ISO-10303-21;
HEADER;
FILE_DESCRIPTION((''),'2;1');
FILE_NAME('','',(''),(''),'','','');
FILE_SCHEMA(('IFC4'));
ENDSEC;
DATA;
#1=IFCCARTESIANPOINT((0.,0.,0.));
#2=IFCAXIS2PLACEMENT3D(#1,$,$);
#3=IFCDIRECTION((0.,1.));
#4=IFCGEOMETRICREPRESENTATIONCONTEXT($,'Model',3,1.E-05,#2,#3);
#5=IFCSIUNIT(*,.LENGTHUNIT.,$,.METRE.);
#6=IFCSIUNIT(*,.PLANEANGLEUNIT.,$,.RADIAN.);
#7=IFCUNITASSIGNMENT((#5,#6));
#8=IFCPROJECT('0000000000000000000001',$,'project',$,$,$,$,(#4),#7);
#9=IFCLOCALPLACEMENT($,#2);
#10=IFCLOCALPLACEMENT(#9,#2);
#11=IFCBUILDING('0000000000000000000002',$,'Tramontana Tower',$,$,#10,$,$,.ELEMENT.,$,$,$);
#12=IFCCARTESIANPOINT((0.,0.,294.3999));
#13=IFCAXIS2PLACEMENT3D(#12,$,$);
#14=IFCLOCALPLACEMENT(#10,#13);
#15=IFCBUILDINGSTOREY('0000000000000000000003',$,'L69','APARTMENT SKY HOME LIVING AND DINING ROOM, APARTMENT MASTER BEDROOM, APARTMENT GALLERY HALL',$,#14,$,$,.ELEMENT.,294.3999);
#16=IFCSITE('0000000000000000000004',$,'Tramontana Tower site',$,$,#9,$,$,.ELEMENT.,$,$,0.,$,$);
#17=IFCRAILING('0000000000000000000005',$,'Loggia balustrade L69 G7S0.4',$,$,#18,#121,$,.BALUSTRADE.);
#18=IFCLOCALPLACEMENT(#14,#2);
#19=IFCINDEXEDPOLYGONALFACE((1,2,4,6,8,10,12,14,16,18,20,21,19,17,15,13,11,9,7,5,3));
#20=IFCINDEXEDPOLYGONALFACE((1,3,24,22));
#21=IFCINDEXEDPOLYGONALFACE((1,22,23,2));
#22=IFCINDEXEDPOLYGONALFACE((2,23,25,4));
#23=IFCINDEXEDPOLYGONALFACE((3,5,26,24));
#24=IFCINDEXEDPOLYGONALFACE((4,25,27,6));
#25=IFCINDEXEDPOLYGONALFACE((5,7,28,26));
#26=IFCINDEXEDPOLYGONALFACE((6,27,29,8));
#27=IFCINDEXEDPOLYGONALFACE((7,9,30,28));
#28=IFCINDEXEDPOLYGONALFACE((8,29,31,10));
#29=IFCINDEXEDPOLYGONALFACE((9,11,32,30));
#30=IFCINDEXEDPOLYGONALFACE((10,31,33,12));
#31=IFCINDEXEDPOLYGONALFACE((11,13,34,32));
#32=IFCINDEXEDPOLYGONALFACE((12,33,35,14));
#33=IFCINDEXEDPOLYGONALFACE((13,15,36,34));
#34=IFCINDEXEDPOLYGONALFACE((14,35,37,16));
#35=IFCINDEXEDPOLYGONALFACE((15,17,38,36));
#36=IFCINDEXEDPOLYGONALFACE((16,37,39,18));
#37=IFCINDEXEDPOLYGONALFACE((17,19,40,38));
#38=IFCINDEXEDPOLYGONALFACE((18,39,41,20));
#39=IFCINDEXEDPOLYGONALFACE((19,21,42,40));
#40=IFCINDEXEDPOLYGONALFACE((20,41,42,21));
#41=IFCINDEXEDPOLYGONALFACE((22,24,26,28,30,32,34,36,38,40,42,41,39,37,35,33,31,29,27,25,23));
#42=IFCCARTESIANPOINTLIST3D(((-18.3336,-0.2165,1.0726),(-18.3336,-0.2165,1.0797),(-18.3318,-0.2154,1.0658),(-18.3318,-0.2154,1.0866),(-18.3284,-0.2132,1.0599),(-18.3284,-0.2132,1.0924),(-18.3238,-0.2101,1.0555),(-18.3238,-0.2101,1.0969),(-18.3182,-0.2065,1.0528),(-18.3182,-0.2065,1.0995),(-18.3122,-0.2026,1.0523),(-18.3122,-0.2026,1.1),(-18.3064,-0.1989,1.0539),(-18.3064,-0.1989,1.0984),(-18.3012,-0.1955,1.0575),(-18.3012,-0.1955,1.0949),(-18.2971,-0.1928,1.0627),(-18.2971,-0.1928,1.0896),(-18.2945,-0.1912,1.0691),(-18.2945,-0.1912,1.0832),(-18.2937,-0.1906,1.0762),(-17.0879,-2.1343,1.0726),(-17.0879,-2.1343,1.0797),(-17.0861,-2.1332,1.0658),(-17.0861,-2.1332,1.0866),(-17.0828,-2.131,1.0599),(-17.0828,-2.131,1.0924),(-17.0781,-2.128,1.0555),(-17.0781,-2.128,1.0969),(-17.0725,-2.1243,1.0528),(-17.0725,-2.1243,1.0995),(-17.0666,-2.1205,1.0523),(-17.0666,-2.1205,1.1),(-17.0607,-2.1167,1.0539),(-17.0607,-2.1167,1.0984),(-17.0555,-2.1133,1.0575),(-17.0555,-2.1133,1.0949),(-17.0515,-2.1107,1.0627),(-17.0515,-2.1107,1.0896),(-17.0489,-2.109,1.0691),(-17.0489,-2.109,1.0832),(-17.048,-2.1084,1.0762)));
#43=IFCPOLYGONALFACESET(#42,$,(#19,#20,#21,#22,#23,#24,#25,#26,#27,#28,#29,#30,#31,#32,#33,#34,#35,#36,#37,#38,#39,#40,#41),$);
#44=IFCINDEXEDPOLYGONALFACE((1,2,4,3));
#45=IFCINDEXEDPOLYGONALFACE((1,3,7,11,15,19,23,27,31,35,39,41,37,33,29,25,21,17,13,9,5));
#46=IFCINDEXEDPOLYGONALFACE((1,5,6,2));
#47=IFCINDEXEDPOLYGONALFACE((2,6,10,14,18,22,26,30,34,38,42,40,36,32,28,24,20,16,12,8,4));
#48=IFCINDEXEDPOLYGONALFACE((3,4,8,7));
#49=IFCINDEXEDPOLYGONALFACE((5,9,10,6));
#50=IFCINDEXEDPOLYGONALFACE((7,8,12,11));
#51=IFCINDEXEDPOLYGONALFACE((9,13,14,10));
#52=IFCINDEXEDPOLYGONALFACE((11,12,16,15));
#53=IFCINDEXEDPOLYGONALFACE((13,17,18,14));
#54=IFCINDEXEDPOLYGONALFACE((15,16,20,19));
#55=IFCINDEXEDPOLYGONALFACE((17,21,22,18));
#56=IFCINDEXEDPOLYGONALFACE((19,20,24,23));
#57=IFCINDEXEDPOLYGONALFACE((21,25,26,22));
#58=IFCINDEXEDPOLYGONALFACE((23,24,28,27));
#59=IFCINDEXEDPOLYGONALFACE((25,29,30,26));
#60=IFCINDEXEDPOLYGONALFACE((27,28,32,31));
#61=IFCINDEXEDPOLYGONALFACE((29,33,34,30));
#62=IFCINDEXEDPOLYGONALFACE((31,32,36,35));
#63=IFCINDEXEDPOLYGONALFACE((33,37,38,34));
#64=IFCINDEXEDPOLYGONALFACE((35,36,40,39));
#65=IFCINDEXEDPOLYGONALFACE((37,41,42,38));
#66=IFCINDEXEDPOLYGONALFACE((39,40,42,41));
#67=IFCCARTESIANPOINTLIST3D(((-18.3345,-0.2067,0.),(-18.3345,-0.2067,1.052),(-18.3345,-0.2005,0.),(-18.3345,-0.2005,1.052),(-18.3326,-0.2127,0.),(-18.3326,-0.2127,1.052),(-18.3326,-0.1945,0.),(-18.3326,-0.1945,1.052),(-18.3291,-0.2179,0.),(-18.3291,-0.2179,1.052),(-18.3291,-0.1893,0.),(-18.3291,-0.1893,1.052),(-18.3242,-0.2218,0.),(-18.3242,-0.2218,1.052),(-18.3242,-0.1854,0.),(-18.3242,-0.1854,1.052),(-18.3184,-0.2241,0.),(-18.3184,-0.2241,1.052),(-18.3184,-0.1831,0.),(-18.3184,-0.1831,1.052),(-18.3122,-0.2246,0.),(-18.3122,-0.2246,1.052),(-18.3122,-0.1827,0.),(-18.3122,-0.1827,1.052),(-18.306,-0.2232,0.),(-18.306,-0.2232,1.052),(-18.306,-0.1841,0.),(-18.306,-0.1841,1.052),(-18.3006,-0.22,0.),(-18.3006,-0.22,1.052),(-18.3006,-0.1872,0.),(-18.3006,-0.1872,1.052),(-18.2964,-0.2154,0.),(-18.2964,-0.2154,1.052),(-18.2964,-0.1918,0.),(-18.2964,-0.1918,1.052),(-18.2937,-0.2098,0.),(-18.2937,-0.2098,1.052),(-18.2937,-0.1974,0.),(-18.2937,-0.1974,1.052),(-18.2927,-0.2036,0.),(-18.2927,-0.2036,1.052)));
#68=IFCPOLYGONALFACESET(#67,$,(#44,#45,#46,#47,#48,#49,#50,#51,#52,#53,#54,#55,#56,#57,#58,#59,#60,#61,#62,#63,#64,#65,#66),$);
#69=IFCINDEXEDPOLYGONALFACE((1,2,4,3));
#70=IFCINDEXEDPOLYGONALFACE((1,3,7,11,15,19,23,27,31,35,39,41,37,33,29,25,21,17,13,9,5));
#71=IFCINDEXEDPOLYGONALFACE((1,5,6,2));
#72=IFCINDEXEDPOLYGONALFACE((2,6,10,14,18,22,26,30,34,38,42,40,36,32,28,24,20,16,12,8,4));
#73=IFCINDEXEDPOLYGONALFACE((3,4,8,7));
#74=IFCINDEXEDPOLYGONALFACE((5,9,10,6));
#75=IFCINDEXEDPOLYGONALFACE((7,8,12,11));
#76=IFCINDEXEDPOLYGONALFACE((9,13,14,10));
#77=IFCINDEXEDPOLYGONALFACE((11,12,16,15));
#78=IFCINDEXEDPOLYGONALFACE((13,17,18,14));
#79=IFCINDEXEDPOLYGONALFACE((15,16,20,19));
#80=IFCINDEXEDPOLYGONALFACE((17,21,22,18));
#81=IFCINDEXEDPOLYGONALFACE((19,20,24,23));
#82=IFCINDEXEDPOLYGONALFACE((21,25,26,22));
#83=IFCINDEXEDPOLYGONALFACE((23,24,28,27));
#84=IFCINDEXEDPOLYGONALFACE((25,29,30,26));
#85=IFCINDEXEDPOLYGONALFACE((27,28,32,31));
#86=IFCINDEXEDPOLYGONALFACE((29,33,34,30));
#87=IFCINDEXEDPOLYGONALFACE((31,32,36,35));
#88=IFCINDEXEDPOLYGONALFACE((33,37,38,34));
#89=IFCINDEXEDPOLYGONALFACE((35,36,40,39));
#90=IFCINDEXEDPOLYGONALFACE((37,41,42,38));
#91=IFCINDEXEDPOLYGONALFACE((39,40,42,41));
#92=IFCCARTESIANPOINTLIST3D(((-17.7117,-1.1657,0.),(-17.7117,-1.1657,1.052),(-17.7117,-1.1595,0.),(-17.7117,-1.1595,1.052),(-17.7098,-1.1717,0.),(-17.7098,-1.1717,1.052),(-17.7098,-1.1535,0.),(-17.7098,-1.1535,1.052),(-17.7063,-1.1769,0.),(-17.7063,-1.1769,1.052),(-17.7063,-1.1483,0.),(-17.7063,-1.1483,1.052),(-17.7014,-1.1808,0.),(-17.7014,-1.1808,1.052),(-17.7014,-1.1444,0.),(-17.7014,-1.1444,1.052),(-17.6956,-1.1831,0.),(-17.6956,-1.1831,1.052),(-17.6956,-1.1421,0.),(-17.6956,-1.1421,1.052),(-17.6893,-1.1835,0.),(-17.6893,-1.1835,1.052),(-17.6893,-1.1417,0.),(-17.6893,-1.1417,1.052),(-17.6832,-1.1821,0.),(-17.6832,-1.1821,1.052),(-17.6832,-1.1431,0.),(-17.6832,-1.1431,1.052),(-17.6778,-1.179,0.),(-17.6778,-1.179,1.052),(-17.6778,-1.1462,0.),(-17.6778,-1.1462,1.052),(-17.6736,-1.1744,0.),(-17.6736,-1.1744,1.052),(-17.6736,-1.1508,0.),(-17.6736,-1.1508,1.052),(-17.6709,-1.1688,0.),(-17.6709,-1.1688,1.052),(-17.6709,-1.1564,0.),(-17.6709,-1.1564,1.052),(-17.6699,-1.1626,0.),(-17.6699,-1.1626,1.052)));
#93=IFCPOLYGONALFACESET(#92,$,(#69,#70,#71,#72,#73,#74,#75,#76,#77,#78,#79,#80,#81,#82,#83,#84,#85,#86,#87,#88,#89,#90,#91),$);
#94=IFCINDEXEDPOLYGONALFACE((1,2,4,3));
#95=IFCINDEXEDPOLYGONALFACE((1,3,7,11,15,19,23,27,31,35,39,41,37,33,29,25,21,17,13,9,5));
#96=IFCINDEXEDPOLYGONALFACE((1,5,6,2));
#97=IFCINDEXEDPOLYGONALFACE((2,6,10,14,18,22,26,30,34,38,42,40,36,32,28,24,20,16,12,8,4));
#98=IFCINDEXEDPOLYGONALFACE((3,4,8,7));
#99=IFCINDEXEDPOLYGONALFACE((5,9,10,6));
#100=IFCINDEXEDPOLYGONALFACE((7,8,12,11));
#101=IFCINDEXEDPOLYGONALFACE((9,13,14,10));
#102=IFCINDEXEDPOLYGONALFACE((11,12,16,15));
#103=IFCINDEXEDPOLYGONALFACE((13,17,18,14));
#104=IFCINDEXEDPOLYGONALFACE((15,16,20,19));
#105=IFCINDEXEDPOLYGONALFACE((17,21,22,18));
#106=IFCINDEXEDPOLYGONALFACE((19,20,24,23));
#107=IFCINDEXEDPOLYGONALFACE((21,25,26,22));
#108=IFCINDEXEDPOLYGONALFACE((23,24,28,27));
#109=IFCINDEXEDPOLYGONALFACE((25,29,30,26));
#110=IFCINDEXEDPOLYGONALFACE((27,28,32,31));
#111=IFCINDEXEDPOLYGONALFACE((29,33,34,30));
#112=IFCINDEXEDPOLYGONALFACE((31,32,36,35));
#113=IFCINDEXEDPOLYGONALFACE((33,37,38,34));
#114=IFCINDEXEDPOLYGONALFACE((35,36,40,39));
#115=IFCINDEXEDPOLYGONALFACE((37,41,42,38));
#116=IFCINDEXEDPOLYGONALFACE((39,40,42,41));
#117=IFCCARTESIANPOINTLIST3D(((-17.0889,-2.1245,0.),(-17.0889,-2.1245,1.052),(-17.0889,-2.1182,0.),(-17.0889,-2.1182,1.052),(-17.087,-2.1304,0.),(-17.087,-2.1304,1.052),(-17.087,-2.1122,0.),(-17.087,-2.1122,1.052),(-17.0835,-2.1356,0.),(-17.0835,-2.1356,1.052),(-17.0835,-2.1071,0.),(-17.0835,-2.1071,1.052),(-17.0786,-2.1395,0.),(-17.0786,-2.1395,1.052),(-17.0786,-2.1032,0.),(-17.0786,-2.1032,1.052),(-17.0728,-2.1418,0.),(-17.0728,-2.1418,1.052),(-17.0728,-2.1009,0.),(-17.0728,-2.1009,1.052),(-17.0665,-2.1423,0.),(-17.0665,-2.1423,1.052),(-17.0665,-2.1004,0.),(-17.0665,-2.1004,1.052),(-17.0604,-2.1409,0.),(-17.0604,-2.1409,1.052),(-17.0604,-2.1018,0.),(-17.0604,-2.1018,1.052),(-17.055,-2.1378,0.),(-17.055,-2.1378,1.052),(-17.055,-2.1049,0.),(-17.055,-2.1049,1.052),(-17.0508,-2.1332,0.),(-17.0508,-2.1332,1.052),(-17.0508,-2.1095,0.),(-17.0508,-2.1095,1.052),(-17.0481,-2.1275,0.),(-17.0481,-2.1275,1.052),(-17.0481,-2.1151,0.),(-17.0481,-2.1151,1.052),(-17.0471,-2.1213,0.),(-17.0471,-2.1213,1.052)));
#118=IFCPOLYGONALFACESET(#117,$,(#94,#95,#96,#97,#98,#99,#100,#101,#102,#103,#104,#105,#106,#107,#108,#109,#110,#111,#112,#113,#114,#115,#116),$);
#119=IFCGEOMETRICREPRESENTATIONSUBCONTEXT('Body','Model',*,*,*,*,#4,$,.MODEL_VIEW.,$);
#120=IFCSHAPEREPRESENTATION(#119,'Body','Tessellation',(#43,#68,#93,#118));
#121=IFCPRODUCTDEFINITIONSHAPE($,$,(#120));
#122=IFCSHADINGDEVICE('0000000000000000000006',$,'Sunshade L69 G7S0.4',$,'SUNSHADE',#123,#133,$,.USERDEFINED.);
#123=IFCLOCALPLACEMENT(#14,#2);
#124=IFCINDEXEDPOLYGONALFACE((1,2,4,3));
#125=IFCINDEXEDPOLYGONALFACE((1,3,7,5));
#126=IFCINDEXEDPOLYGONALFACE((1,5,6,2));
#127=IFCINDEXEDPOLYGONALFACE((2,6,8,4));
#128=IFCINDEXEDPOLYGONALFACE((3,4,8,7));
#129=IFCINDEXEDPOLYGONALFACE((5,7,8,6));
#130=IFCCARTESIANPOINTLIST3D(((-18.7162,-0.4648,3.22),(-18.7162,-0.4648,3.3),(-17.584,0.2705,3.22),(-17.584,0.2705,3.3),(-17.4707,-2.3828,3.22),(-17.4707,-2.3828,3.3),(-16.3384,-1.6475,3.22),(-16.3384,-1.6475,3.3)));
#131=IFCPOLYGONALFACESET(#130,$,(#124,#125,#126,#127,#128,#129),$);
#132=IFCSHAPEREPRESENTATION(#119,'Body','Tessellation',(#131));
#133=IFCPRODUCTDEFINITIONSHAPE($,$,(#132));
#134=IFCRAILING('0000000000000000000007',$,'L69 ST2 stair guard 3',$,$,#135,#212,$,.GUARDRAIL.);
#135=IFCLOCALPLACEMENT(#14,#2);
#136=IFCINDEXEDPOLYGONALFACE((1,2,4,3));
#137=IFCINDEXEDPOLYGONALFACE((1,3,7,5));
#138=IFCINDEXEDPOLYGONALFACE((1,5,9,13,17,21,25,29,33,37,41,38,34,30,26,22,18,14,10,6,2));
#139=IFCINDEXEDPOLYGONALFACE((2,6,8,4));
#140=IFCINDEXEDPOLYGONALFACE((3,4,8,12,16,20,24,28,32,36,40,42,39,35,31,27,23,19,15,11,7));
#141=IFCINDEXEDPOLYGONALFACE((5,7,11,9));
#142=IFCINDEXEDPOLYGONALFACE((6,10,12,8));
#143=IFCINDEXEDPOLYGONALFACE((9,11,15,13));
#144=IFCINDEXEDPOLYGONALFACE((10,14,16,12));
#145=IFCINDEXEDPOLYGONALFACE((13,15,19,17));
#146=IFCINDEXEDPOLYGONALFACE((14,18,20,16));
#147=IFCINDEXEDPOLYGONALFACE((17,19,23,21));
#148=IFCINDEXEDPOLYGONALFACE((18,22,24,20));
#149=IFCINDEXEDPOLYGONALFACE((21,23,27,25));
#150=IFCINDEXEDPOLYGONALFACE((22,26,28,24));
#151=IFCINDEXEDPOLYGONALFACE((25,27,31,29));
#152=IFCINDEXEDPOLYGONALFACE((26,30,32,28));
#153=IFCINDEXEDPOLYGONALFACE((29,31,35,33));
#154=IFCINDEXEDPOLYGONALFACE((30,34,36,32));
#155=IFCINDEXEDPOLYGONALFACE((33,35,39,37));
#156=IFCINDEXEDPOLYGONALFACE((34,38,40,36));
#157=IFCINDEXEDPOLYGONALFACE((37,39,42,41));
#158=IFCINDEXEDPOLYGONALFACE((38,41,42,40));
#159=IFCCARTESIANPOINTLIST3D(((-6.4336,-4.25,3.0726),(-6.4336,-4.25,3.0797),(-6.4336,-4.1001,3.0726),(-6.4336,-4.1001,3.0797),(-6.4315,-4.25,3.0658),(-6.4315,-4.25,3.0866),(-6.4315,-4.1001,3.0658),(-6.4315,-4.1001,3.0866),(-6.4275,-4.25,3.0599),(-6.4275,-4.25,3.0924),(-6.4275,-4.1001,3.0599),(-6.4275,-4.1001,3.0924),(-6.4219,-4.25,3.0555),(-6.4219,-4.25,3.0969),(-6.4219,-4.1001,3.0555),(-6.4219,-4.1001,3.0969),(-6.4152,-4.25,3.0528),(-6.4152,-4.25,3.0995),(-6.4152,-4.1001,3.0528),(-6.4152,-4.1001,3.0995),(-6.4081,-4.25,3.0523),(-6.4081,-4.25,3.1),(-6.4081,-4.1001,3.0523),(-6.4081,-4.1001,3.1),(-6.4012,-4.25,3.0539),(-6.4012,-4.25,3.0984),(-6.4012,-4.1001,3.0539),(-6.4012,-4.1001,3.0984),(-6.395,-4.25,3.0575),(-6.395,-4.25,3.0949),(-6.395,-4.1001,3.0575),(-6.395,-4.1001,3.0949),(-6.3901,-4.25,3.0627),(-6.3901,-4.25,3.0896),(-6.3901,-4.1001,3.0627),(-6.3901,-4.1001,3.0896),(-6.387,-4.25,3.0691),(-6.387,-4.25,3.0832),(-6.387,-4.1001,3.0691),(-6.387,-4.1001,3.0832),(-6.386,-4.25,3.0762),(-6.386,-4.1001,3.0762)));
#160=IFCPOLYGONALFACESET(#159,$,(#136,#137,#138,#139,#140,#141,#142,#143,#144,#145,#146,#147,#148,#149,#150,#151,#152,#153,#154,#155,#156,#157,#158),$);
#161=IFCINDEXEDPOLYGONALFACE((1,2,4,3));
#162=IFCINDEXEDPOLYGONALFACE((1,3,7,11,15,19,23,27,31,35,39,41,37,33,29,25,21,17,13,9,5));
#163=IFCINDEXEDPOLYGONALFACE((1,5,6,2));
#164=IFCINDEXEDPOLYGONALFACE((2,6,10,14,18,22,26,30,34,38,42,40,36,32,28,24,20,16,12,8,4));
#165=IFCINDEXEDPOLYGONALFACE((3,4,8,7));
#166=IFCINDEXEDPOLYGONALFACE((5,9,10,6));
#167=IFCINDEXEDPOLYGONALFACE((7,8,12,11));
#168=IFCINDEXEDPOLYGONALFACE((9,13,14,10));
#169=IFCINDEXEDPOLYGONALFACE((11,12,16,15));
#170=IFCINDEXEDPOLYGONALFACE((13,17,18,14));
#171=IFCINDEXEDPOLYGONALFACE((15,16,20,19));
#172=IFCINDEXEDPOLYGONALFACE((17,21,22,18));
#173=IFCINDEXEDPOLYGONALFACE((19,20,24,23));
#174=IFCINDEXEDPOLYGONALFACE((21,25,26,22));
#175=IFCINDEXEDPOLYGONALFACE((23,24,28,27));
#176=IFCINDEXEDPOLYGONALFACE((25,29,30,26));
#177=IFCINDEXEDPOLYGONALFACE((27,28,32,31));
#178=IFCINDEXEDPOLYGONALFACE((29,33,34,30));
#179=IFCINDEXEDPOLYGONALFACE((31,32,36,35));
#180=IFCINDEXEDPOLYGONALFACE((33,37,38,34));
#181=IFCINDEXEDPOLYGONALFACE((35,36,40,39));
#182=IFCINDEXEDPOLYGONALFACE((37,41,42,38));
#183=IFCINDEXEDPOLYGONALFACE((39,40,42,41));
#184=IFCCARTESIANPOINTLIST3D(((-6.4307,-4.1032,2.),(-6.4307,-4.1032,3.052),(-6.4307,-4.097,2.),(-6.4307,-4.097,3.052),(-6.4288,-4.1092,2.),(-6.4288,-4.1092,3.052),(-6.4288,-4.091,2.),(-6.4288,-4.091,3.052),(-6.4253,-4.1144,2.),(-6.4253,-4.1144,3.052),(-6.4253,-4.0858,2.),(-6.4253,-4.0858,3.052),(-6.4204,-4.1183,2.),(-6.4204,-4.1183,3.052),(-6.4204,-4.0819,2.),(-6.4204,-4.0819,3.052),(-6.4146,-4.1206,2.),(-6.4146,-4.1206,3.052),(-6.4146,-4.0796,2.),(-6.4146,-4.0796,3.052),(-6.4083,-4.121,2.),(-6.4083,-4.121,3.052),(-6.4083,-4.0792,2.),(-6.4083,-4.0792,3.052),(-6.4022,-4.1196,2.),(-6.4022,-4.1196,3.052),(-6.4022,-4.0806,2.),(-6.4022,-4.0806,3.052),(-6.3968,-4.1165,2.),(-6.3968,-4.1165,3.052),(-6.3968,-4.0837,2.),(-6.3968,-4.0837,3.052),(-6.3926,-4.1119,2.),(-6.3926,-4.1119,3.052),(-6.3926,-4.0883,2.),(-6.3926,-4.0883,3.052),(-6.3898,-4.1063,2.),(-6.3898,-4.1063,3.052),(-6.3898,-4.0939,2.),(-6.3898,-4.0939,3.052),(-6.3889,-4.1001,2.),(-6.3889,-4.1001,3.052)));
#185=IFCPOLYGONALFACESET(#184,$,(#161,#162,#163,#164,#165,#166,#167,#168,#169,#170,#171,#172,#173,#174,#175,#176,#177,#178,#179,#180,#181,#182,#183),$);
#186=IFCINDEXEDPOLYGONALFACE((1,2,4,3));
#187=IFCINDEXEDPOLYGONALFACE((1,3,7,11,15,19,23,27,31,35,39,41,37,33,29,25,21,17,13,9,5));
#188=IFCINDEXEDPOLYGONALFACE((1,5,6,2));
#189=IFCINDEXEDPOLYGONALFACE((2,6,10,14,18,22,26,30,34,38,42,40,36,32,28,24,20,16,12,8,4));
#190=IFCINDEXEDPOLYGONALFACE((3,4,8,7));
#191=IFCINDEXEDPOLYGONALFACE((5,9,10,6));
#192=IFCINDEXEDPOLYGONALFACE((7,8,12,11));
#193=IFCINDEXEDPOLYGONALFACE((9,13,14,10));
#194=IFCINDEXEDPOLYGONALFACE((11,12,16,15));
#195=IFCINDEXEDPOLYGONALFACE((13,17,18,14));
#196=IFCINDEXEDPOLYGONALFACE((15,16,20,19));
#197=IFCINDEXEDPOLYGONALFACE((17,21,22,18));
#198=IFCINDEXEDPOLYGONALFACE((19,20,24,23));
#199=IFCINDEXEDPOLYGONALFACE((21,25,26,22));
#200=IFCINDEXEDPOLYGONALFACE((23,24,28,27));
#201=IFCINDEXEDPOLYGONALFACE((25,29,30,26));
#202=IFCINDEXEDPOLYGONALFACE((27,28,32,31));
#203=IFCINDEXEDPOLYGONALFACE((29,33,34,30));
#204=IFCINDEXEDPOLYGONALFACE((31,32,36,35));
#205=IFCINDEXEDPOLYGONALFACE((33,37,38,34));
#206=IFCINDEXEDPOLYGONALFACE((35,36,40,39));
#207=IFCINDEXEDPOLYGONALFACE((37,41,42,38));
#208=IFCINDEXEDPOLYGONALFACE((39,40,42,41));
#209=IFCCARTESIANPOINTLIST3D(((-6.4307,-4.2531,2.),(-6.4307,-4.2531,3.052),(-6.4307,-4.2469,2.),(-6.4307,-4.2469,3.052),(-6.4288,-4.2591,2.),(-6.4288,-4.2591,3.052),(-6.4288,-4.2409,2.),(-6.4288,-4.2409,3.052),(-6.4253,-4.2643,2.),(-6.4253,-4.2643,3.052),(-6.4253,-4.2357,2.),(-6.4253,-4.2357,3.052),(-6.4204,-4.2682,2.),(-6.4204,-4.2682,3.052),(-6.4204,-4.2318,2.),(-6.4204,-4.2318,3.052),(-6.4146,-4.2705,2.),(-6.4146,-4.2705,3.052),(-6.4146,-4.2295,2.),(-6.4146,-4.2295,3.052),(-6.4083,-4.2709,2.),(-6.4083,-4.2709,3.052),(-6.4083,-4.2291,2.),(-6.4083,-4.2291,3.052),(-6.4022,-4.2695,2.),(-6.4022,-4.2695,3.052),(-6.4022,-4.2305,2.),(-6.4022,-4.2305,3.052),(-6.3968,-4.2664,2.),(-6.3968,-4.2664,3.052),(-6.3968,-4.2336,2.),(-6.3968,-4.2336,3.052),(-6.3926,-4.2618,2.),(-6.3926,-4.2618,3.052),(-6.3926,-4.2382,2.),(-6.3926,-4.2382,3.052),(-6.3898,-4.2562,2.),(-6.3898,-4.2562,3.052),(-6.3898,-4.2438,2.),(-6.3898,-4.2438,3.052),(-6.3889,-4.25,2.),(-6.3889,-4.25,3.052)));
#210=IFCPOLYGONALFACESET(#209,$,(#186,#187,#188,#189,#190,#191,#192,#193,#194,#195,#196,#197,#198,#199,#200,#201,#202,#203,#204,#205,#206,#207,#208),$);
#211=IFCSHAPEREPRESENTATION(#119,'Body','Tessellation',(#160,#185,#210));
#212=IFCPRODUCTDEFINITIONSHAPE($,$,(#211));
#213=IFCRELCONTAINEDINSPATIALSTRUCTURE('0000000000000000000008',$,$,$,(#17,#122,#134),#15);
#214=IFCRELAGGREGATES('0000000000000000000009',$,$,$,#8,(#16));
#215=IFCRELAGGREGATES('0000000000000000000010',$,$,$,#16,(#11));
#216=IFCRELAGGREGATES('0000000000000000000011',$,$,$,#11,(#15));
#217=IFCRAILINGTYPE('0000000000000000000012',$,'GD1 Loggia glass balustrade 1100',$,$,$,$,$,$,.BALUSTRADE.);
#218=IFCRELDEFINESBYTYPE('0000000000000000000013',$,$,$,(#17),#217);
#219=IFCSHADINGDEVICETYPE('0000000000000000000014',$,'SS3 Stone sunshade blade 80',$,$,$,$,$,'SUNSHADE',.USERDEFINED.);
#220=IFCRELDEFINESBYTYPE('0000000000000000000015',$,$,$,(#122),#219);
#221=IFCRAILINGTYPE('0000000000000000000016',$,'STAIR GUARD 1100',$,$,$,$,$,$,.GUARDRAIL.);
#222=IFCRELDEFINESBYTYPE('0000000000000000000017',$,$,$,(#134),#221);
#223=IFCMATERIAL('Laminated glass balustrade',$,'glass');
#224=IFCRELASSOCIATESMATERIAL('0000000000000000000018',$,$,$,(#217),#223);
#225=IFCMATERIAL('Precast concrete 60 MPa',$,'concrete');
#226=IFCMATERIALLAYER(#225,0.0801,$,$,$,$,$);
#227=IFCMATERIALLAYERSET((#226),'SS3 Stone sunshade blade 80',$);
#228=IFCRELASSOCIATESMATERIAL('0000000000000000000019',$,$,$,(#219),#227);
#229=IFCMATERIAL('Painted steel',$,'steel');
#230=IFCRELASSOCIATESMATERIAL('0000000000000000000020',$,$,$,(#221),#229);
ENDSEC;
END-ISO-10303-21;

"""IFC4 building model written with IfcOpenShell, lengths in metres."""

from ifc_helpers import new_model, si_unit, direction, frame, origin, origin_2d, place, context, subcontext, project, spatial, rectangle, circle, extrude, material, layer, layer_set, type_object, element, save


model = new_model("IFC4")

# Units and contexts
model_context = context("Model", 3, precision=1e-05, world=origin(), true_north=direction((0.0, 1.0)))
body_context = subcontext(model_context, "Body", "Model", "MODEL_VIEW")
ifc_project = project(units=[si_unit("LENGTHUNIT", "METRE"), si_unit("PLANEANGLEUNIT", "RADIAN")], contexts=[model_context])

# Site, building, storey
site_placement = place(None, origin())
site = spatial("IfcSite", under=ifc_project, at=site_placement, Name="Tramontana Tower site", CompositionType="ELEMENT", RefElevation=0.0)
building_placement = place(site_placement, origin())
building = spatial("IfcBuilding", under=site, at=building_placement, Name="Tramontana Tower", CompositionType="ELEMENT")
storey_placement = place(building_placement, frame((0.0, 0.0, 294.3999)))
storey = spatial("IfcBuildingStorey", under=building, at=storey_placement, Name="L69", Description="APARTMENT SKY HOME LIVING AND DINING ROOM, APARTMENT MASTER BEDROOM, APARTMENT GALLERY HALL", CompositionType="ELEMENT", Elevation=294.3999)

# Railing
ifc_material_1 = material(Name="Laminated glass balustrade", Category="glass")
railing_type_1 = type_object("IfcRailingType", Name="GD1 Loggia glass balustrade 1100", PredefinedType="BALUSTRADE", material=ifc_material_1)
railing_1_placement = place(storey_placement, frame((-18.3137, -0.2036, 0.0)))
element("IfcRailing", 1, at=railing_1_placement, inside=storey, type_object=railing_type_1, Name="Loggia balustrade L69 G7S0.4", PredefinedType="BALUSTRADE", context=body_context, shape_type="SweptSolid", body=[
    extrude(circle(Radius=0.0239, at=origin_2d()), frame((0.0, 0.0, 1.0762), z_axis=(0.544707, -0.838627, 0.0), x_axis=(0.838627, 0.544707, 0.0)), (0.0, 0.0, 1.0), 2.2869),
    extrude(circle(Radius=0.021, at=origin_2d()), origin(), (0.0, 0.0, 1.0), 1.052),
    extrude(circle(Radius=0.021, at=origin_2d()), frame((0.6228, -0.959, 0.0)), (0.0, 0.0, 1.0), 1.052),
    extrude(circle(Radius=0.021, at=origin_2d()), frame((1.2456, -1.9177, 0.0)), (0.0, 0.0, 1.0), 1.052),
])

# Shading device
ifc_material_2 = material(Name="Precast concrete 60 MPa", Category="concrete")
ifc_layer_1 = layer(ifc_material_2, 0.0801)
ifc_layer_set_1 = layer_set([ifc_layer_1], Name="SS3 Stone sunshade blade 80")
shading_device_type = type_object("IfcShadingDeviceType", Name="SS3 Stone sunshade blade 80", ElementType="SUNSHADE", PredefinedType="USERDEFINED", material=ifc_layer_set_1)
shading_device_placement = place(storey_placement, frame((-17.5273, -1.0562, 3.22), z_axis=(0.0, 0.0, 1.0), x_axis=(0.544639, -0.838671, 0.0)))
element("IfcShadingDevice", 2, at=shading_device_placement, inside=storey, type_object=shading_device_type, Name="Sunshade L69 G7S0.4", ObjectType="SUNSHADE", PredefinedType="USERDEFINED", context=body_context, shape_type="SweptSolid", body=[
    extrude(rectangle(XDim=2.2869, YDim=1.3501, at=origin_2d()), origin(), (0.0, 0.0, 1.0), 0.0801),
])

# Railing
ifc_material_3 = material(Name="Painted steel", Category="steel")
railing_type_2 = type_object("IfcRailingType", Name="STAIR GUARD 1100", PredefinedType="GUARDRAIL", material=ifc_material_3)
railing_2_placement = place(storey_placement, frame((-6.4099, -4.1001, 2.0)))
element("IfcRailing", 3, at=railing_2_placement, inside=storey, type_object=railing_type_2, Name="L69 ST2 stair guard 3", PredefinedType="GUARDRAIL", context=body_context, shape_type="SweptSolid", body=[
    extrude(circle(Radius=0.0239, at=origin_2d()), frame((0.0, 0.0, 1.0762), z_axis=(0.0, -1.0, 0.0), x_axis=(1.0, 0.0, 0.0)), (0.0, 0.0, 1.0), 0.1499),
    extrude(circle(Radius=0.021, at=origin_2d()), origin(), (0.0, 0.0, 1.0), 1.052),
    extrude(circle(Radius=0.021, at=origin_2d()), frame((0.0, -0.1499, 0.0)), (0.0, 0.0, 1.0), 1.052),
])

save(model, "model.ifc")
